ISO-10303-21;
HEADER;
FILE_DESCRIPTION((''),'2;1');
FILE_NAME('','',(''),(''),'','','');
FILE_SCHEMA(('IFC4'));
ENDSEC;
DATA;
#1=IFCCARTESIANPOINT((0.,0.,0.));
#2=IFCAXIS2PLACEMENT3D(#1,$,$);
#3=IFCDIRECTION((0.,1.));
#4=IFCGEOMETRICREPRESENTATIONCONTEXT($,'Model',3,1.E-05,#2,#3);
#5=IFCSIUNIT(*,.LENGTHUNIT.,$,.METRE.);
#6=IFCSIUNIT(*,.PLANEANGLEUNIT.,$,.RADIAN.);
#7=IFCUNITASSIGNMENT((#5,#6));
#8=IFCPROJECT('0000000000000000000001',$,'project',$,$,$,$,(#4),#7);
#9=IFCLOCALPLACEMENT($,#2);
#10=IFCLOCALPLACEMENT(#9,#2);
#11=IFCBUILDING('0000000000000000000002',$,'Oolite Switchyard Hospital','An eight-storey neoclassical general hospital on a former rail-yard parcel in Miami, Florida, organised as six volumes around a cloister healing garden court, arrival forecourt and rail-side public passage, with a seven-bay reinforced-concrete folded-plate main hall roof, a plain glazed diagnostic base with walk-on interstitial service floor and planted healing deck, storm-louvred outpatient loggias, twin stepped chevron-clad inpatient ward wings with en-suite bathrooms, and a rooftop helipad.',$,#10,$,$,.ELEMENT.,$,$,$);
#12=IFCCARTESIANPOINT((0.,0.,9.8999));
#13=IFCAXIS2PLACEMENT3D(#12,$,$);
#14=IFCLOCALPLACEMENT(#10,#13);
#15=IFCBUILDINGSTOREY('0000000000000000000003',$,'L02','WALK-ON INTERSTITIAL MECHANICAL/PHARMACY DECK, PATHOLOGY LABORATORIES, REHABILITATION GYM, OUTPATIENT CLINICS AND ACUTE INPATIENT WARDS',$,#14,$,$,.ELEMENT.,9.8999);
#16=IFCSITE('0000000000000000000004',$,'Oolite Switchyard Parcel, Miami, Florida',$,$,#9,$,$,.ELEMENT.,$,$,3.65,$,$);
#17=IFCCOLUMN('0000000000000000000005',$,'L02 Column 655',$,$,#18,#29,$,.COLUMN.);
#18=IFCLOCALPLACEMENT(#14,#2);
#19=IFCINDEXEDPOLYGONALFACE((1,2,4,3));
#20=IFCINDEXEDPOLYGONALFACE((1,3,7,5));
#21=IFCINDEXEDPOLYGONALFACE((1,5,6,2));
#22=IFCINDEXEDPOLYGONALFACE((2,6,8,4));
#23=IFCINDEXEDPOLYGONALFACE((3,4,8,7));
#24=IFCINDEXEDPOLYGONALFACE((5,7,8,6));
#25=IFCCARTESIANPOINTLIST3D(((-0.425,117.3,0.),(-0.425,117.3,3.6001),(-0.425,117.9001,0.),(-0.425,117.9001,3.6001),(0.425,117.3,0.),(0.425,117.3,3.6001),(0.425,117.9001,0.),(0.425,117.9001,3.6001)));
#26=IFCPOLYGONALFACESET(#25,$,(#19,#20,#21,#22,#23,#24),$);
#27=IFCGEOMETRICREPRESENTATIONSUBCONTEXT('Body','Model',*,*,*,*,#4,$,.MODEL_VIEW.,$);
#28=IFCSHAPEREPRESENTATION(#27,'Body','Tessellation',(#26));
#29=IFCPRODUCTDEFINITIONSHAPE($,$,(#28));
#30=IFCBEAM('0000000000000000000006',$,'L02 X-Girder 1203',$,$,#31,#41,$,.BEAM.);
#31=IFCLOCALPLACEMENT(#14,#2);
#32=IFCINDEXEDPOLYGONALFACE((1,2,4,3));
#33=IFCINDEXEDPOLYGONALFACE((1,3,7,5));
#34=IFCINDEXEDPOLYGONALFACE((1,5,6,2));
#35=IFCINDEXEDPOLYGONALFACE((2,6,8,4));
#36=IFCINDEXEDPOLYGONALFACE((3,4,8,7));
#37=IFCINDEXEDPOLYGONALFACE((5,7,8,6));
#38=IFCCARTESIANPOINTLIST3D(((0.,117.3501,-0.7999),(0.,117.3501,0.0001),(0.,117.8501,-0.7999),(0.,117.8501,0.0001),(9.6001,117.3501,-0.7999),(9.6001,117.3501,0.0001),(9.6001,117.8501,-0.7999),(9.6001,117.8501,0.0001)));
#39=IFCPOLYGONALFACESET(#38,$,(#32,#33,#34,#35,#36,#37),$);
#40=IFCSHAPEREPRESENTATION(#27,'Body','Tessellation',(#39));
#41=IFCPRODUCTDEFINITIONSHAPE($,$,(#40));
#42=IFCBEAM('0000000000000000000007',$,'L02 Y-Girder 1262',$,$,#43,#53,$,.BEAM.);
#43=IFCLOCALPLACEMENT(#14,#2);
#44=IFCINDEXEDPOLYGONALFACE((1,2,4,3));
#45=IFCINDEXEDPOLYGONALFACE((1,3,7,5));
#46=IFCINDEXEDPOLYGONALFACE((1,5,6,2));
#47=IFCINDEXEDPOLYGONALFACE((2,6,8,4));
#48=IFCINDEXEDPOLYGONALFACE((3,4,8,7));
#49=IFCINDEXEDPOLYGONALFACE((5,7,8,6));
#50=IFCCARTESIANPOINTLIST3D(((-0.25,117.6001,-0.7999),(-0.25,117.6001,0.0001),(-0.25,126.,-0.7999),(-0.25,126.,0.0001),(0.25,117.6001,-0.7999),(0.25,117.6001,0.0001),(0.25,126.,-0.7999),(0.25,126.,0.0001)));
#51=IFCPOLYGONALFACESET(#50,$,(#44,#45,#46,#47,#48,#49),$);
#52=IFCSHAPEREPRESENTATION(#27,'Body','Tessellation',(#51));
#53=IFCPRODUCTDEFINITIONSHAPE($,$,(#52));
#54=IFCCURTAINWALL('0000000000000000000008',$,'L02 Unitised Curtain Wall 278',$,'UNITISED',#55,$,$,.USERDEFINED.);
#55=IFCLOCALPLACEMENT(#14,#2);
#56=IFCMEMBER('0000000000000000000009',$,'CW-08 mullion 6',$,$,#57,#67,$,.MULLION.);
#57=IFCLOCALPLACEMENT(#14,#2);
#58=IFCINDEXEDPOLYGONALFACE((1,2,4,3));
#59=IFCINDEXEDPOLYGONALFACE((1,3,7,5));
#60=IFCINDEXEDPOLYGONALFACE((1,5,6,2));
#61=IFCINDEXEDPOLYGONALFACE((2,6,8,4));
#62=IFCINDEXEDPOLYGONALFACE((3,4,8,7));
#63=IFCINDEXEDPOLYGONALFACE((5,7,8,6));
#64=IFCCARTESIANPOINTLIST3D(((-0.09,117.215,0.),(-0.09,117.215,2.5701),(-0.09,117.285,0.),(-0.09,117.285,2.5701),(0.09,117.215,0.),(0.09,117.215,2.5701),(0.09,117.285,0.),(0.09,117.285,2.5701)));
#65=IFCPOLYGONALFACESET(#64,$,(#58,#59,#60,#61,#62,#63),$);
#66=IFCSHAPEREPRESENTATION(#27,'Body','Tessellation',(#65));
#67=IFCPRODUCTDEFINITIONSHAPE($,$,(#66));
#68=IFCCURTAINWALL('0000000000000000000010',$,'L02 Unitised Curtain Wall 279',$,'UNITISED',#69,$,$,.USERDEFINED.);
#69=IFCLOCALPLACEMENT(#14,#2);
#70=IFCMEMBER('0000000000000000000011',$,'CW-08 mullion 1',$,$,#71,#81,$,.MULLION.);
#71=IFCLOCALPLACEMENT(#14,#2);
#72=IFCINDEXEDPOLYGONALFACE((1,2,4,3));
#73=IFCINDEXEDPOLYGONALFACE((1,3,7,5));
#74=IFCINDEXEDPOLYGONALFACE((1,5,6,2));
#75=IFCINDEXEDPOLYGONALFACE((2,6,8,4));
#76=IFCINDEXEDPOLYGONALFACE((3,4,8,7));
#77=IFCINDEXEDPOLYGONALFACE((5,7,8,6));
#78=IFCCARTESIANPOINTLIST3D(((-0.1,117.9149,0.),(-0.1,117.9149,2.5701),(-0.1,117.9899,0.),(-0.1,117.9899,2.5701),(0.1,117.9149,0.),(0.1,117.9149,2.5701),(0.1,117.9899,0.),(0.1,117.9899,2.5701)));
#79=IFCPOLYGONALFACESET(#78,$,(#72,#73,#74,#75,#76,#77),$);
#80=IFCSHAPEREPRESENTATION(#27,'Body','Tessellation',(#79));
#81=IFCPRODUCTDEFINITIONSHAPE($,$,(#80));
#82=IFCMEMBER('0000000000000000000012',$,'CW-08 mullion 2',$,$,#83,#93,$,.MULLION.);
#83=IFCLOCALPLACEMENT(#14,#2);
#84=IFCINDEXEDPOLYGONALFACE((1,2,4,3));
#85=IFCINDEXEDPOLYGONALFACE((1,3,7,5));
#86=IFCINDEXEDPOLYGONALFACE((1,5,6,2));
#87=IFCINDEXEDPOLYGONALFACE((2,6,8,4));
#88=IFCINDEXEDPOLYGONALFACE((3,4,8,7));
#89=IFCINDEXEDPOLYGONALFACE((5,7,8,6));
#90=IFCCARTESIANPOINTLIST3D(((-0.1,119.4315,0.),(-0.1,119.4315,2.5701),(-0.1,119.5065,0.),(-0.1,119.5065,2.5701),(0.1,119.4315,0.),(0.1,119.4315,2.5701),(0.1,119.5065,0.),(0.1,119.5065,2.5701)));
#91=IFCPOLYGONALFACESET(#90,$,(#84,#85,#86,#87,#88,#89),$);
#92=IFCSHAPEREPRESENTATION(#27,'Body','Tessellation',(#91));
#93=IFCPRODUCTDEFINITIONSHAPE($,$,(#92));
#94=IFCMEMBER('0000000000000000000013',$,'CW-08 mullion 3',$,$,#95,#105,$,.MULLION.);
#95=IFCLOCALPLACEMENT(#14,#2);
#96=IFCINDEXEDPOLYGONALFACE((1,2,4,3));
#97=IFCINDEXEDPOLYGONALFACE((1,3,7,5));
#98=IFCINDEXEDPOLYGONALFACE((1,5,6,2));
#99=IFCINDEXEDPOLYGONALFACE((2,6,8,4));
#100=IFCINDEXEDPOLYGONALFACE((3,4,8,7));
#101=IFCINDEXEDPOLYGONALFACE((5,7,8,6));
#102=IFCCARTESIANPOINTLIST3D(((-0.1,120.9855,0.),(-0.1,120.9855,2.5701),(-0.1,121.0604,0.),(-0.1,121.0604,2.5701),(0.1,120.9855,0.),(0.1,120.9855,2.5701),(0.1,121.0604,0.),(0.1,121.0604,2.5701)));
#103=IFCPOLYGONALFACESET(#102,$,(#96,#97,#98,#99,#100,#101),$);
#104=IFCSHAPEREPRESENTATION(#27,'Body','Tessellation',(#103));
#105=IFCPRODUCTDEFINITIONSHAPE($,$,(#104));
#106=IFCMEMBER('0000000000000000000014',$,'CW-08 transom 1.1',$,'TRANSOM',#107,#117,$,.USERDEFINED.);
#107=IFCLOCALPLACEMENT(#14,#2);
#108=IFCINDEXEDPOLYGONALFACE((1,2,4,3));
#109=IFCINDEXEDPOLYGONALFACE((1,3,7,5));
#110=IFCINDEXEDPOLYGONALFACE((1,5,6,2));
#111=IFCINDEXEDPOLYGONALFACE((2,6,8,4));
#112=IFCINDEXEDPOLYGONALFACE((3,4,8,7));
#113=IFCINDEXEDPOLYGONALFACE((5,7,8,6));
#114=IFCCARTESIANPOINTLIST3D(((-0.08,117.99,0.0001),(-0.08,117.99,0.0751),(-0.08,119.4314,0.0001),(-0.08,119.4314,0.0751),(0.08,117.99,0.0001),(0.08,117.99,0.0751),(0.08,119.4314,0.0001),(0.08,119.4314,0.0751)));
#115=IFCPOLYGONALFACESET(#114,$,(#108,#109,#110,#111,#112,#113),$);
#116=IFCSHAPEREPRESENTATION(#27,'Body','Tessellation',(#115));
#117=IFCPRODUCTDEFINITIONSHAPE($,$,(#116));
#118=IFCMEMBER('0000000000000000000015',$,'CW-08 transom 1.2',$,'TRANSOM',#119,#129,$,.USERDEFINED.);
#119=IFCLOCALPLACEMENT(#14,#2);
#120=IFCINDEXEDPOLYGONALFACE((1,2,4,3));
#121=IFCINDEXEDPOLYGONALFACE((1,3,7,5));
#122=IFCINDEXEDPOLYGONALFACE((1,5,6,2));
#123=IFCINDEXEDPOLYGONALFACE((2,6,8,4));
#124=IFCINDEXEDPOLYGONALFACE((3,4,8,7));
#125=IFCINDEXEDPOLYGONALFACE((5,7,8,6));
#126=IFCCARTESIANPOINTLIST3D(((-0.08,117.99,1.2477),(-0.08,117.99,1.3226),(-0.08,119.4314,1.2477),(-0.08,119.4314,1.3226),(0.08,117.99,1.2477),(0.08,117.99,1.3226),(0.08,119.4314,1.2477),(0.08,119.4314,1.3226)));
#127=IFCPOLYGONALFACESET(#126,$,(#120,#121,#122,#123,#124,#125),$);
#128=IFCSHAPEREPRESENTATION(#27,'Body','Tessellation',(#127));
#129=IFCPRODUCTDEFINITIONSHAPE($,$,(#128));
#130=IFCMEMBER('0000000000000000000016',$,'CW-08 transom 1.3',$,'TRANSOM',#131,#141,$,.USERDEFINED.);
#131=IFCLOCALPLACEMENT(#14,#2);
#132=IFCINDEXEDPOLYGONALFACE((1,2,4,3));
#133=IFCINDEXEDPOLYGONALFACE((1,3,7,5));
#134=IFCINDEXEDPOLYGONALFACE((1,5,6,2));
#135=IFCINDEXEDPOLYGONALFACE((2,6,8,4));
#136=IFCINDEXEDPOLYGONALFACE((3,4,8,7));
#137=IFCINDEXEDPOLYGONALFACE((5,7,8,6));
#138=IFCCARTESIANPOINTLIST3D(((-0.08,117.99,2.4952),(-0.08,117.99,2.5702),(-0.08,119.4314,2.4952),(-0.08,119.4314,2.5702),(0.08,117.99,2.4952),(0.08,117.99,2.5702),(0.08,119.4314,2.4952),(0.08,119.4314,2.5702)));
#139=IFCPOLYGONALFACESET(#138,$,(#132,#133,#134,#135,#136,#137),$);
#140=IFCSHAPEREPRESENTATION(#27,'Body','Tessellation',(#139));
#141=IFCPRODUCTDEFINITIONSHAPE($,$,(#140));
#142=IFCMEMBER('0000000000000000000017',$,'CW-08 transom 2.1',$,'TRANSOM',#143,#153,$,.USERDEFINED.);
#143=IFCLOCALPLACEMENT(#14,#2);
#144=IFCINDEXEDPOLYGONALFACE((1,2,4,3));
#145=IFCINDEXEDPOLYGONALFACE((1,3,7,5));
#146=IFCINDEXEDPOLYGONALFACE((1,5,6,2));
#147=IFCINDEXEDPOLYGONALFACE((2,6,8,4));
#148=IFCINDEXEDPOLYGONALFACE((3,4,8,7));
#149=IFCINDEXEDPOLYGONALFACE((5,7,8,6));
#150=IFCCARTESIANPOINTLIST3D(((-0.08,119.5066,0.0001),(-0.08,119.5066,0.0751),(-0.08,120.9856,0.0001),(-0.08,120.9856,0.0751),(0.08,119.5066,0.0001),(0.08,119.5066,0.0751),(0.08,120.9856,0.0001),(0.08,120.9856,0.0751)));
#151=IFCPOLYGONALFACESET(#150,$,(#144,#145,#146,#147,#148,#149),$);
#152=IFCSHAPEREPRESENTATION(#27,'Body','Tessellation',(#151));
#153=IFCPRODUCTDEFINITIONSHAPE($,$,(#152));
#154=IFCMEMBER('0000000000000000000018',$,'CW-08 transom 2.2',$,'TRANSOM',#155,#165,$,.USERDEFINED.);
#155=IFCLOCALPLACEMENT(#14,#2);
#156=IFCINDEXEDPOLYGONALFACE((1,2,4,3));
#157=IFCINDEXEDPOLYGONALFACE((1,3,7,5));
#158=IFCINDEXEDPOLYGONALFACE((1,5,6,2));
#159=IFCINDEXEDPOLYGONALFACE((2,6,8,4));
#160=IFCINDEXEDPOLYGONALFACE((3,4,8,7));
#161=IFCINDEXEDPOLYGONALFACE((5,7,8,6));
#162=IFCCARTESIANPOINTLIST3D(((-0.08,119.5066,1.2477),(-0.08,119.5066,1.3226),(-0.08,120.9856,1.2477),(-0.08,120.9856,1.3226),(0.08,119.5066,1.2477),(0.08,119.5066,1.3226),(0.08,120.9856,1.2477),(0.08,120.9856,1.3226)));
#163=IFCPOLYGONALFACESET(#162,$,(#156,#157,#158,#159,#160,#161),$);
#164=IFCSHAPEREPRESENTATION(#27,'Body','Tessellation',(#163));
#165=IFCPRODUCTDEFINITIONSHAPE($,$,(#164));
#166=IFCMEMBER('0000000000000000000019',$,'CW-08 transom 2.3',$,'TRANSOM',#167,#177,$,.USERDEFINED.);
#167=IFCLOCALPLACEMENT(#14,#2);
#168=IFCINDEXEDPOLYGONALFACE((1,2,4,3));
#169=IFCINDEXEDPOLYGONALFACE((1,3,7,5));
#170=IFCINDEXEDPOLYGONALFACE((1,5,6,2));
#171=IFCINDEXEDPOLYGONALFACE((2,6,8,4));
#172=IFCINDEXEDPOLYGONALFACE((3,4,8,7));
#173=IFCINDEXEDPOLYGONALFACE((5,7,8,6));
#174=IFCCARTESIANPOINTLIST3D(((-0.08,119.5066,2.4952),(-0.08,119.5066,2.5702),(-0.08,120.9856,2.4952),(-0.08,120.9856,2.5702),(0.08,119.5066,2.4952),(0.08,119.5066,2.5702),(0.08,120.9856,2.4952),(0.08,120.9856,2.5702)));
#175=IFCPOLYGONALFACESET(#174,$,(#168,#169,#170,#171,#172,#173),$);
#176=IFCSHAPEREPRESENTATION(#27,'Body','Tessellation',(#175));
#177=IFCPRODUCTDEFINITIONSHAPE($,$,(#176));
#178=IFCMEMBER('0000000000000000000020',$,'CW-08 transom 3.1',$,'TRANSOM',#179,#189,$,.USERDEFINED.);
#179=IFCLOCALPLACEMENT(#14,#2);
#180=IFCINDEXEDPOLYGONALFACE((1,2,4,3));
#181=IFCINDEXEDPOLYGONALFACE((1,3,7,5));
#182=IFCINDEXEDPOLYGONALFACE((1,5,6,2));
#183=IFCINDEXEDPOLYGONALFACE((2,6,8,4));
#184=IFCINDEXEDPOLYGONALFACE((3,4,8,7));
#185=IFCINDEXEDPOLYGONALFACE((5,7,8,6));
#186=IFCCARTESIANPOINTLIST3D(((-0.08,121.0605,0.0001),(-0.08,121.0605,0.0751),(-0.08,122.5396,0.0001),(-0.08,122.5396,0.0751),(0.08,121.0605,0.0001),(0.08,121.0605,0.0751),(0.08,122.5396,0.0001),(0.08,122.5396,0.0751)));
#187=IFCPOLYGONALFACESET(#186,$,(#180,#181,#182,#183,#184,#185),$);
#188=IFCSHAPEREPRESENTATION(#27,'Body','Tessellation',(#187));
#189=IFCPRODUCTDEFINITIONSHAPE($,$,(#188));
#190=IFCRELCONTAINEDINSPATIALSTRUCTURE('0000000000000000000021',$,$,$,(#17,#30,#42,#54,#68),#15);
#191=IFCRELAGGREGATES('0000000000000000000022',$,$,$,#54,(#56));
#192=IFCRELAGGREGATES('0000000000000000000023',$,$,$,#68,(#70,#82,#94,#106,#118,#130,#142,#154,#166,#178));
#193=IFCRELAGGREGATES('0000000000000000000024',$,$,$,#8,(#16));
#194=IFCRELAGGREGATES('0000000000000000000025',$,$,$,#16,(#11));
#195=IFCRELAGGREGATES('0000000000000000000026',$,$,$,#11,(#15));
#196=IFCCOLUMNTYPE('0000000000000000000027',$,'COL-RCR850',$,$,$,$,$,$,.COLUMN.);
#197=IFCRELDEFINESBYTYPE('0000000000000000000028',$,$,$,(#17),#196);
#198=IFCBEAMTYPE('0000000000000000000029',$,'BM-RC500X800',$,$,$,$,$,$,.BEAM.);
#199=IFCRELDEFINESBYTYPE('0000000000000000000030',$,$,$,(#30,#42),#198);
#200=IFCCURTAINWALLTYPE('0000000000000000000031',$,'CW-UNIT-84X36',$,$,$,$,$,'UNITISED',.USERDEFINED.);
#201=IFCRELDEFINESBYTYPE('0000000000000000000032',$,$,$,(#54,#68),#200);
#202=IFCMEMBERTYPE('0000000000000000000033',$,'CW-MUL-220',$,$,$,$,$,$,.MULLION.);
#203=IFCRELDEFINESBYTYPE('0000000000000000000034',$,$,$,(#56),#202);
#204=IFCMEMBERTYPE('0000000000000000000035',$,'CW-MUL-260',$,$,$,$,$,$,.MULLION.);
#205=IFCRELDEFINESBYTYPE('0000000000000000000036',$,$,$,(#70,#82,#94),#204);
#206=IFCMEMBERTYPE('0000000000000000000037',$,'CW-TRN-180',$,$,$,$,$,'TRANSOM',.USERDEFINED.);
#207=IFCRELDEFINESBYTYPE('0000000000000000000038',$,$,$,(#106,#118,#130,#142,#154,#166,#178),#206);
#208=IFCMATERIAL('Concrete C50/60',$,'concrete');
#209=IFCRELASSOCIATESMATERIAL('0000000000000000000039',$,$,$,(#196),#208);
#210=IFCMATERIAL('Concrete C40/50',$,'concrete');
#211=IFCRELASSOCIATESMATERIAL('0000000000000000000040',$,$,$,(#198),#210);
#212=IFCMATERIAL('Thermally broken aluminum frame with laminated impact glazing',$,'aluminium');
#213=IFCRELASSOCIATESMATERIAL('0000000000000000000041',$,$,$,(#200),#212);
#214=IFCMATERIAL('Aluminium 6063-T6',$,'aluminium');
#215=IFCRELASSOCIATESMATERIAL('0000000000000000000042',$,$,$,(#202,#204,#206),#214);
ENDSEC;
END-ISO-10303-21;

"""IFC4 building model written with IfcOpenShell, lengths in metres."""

from ifc_helpers import new_model, si_unit, direction, frame, origin, origin_2d, place, context, subcontext, project, spatial, rectangle, extrude, material, material_profile, profile_set, type_object, element, aggregate, save


model = new_model("IFC4")

# Units and contexts
model_context = context("Model", 3, precision=1e-05, world=origin(), true_north=direction((0.0, 1.0)))
body_context = subcontext(model_context, "Body", "Model", "MODEL_VIEW")
ifc_project = project(units=[si_unit("LENGTHUNIT", "METRE"), si_unit("PLANEANGLEUNIT", "RADIAN")], contexts=[model_context])

# Site, building, storey
site_placement = place(None, origin())
site = spatial("IfcSite", under=ifc_project, at=site_placement, Name="Oolite Switchyard Parcel, Miami, Florida", CompositionType="ELEMENT", RefElevation=3.65)
building_placement = place(site_placement, origin())
building = spatial("IfcBuilding", under=site, at=building_placement, Name="Oolite Switchyard Hospital", Description="An eight-storey neoclassical general hospital on a former rail-yard parcel in Miami, Florida, organised as six volumes around a cloister healing garden court, arrival forecourt and rail-side public passage, with a seven-bay reinforced-concrete folded-plate main hall roof, a plain glazed diagnostic base with walk-on interstitial service floor and planted healing deck, storm-louvred outpatient loggias, twin stepped chevron-clad inpatient ward wings with en-suite bathrooms, and a rooftop helipad.", CompositionType="ELEMENT")
storey_placement = place(building_placement, frame((0.0, 0.0, 9.8999)))
storey = spatial("IfcBuildingStorey", under=building, at=storey_placement, Name="L02", Description="WALK-ON INTERSTITIAL MECHANICAL/PHARMACY DECK, PATHOLOGY LABORATORIES, REHABILITATION GYM, OUTPATIENT CLINICS AND ACUTE INPATIENT WARDS", CompositionType="ELEMENT", Elevation=9.8999)

# Column
ifc_material_1 = material(Name="Concrete C50/60", Category="concrete")
ifc_material_profile_1 = material_profile(ifc_material_1, rectangle(XDim=0.8501, YDim=0.6001, at=origin_2d()), Name="RC850X600")
ifc_profile_set_1 = profile_set([ifc_material_profile_1], Name="Concrete C50/60")
column_type = type_object("IfcColumnType", Name="COL-RCR850", PredefinedType="COLUMN", material=ifc_profile_set_1)
column_placement = place(storey_placement, frame((0.0, 117.6001, 0.0), z_axis=(0.0, 0.0, 1.0), x_axis=(1.0, 0.0, 0.0)))
element("IfcColumn", 1, at=column_placement, inside=storey, type_object=column_type, Name="L02 Column 655", PredefinedType="COLUMN", context=body_context, shape_type="SweptSolid", body=[
    extrude(rectangle(XDim=0.8501, YDim=0.6001, at=origin_2d()), origin(), (0.0, 0.0, 1.0), 3.6001),
])

# Beams
ifc_material_2 = material(Name="Concrete C40/50", Category="concrete")
ifc_material_profile_2 = material_profile(ifc_material_2, rectangle(XDim=0.5, YDim=0.8, at=origin_2d()), Name="RCB500X800")
ifc_profile_set_2 = profile_set([ifc_material_profile_2], Name="Concrete C40/50")
beam_type = type_object("IfcBeamType", Name="BM-RC500X800", PredefinedType="BEAM", material=ifc_profile_set_2)
beam_1_placement = place(storey_placement, frame((0.0, 117.6001, -0.3999), z_axis=(1.0, 0.0, 0.0), x_axis=(0.0, 1.0, 0.0)))
element("IfcBeam", 2, at=beam_1_placement, inside=storey, type_object=beam_type, Name="L02 X-Girder 1203", PredefinedType="BEAM", context=body_context, shape_type="SweptSolid", body=[
    extrude(rectangle(XDim=0.5, YDim=0.8, at=origin_2d()), origin(), (0.0, 0.0, 1.0), 9.6001),
])
beam_2_placement = place(storey_placement, frame((0.0, 117.6001, -0.3999), z_axis=(0.0, 1.0, 0.0), x_axis=(-1.0, 0.0, 0.0)))
element("IfcBeam", 3, at=beam_2_placement, inside=storey, type_object=beam_type, Name="L02 Y-Girder 1262", PredefinedType="BEAM", context=body_context, shape_type="SweptSolid", body=[
    extrude(rectangle(XDim=0.5, YDim=0.8, at=origin_2d()), origin(), (0.0, 0.0, 1.0), 8.3999),
])

# Curtain wall, member
ifc_material_3 = material(Name="Thermally broken aluminum frame with laminated impact glazing", Category="aluminium")
curtain_wall_type = type_object("IfcCurtainWallType", Name="CW-UNIT-84X36", ElementType="UNITISED", PredefinedType="USERDEFINED", material=ifc_material_3)
curtain_wall_1_placement = place(storey_placement, origin())
curtain_wall_1 = element("IfcCurtainWall", 4, at=curtain_wall_1_placement, inside=storey, type_object=curtain_wall_type, Name="L02 Unitised Curtain Wall 278", ObjectType="UNITISED", PredefinedType="USERDEFINED")
ifc_material_4 = material(Name="Aluminium 6063-T6", Category="aluminium")
ifc_material_profile_3 = material_profile(ifc_material_4, rectangle(XDim=0.1799, YDim=0.0701, at=origin_2d()), Name="CWM70X180")
ifc_profile_set_3 = profile_set([ifc_material_profile_3], Name="Aluminium 6063-T6")
member_type_1 = type_object("IfcMemberType", Name="CW-MUL-220", PredefinedType="MULLION", material=ifc_profile_set_3)
member_1_placement = place(storey_placement, frame((0.0, 117.25, 0.0), z_axis=(0.0, 0.0, 1.0), x_axis=(-1.0, 0.0, 0.0)))
member_1 = element("IfcMember", 5, at=member_1_placement, type_object=member_type_1, Name="CW-08 mullion 6", PredefinedType="MULLION", context=body_context, shape_type="SweptSolid", body=[
    extrude(rectangle(XDim=0.1799, YDim=0.0701, at=origin_2d()), origin(), (0.0, 0.0, 1.0), 2.5701),
])
aggregate(curtain_wall_1, [member_1])

# Curtain wall, members
curtain_wall_2_placement = place(storey_placement, origin())
curtain_wall_2 = element("IfcCurtainWall", 6, at=curtain_wall_2_placement, inside=storey, type_object=curtain_wall_type, Name="L02 Unitised Curtain Wall 279", ObjectType="UNITISED", PredefinedType="USERDEFINED")
ifc_material_profile_4 = material_profile(ifc_material_4, rectangle(XDim=0.2, YDim=0.075, at=origin_2d()), Name="CWM75X200")
ifc_profile_set_4 = profile_set([ifc_material_profile_4], Name="Aluminium 6063-T6")
member_type_2 = type_object("IfcMemberType", Name="CW-MUL-260", PredefinedType="MULLION", material=ifc_profile_set_4)
member_2_placement = place(storey_placement, frame((0.0, 117.9524, 0.0), z_axis=(0.0, 0.0, 1.0), x_axis=(-1.0, 0.0, 0.0)))
member_2 = element("IfcMember", 7, at=member_2_placement, type_object=member_type_2, Name="CW-08 mullion 1", PredefinedType="MULLION", context=body_context, shape_type="SweptSolid", body=[
    extrude(rectangle(XDim=0.2, YDim=0.075, at=origin_2d()), origin(), (0.0, 0.0, 1.0), 2.5701),
])
member_3_placement = place(storey_placement, frame((0.0, 119.469, 0.0), z_axis=(0.0, 0.0, 1.0), x_axis=(-1.0, 0.0, 0.0)))
member_3 = element("IfcMember", 8, at=member_3_placement, type_object=member_type_2, Name="CW-08 mullion 2", PredefinedType="MULLION", context=body_context, shape_type="SweptSolid", body=[
    extrude(rectangle(XDim=0.2, YDim=0.075, at=origin_2d()), origin(), (0.0, 0.0, 1.0), 2.5701),
])
member_4_placement = place(storey_placement, frame((0.0, 121.0229, 0.0), z_axis=(0.0, 0.0, 1.0), x_axis=(-1.0, 0.0, 0.0)))
member_4 = element("IfcMember", 9, at=member_4_placement, type_object=member_type_2, Name="CW-08 mullion 3", PredefinedType="MULLION", context=body_context, shape_type="SweptSolid", body=[
    extrude(rectangle(XDim=0.2, YDim=0.075, at=origin_2d()), origin(), (0.0, 0.0, 1.0), 2.5701),
])
ifc_material_profile_5 = material_profile(ifc_material_4, rectangle(XDim=0.1599, YDim=0.075, at=origin_2d()), Name="CWT75X160")
ifc_profile_set_5 = profile_set([ifc_material_profile_5], Name="Aluminium 6063-T6")
member_type_3 = type_object("IfcMemberType", Name="CW-TRN-180", ElementType="TRANSOM", PredefinedType="USERDEFINED", material=ifc_profile_set_5)
member_5_placement = place(storey_placement, frame((0.0, 117.99, 0.0376), z_axis=(0.0, 1.0, 0.0), x_axis=(-1.0, 0.0, 0.0)))
member_5 = element("IfcMember", 10, at=member_5_placement, type_object=member_type_3, Name="CW-08 transom 1.1", ObjectType="TRANSOM", PredefinedType="USERDEFINED", context=body_context, shape_type="SweptSolid", body=[
    extrude(rectangle(XDim=0.1599, YDim=0.075, at=origin_2d()), origin(), (0.0, 0.0, 1.0), 1.4414),
])
member_6_placement = place(storey_placement, frame((0.0, 117.99, 1.2852), z_axis=(0.0, 1.0, 0.0), x_axis=(-1.0, 0.0, 0.0)))
member_6 = element("IfcMember", 11, at=member_6_placement, type_object=member_type_3, Name="CW-08 transom 1.2", ObjectType="TRANSOM", PredefinedType="USERDEFINED", context=body_context, shape_type="SweptSolid", body=[
    extrude(rectangle(XDim=0.1599, YDim=0.075, at=origin_2d()), origin(), (0.0, 0.0, 1.0), 1.4414),
])
member_7_placement = place(storey_placement, frame((0.0, 117.99, 2.5327), z_axis=(0.0, 1.0, 0.0), x_axis=(-1.0, 0.0, 0.0)))
member_7 = element("IfcMember", 12, at=member_7_placement, type_object=member_type_3, Name="CW-08 transom 1.3", ObjectType="TRANSOM", PredefinedType="USERDEFINED", context=body_context, shape_type="SweptSolid", body=[
    extrude(rectangle(XDim=0.1599, YDim=0.075, at=origin_2d()), origin(), (0.0, 0.0, 1.0), 1.4414),
])
member_8_placement = place(storey_placement, frame((0.0, 119.5066, 0.0376), z_axis=(0.0, 1.0, 0.0), x_axis=(-1.0, 0.0, 0.0)))
member_8 = element("IfcMember", 13, at=member_8_placement, type_object=member_type_3, Name="CW-08 transom 2.1", ObjectType="TRANSOM", PredefinedType="USERDEFINED", context=body_context, shape_type="SweptSolid", body=[
    extrude(rectangle(XDim=0.1599, YDim=0.075, at=origin_2d()), origin(), (0.0, 0.0, 1.0), 1.479),
])
member_9_placement = place(storey_placement, frame((0.0, 119.5066, 1.2852), z_axis=(0.0, 1.0, 0.0), x_axis=(-1.0, 0.0, 0.0)))
member_9 = element("IfcMember", 14, at=member_9_placement, type_object=member_type_3, Name="CW-08 transom 2.2", ObjectType="TRANSOM", PredefinedType="USERDEFINED", context=body_context, shape_type="SweptSolid", body=[
    extrude(rectangle(XDim=0.1599, YDim=0.075, at=origin_2d()), origin(), (0.0, 0.0, 1.0), 1.479),
])
member_10_placement = place(storey_placement, frame((0.0, 119.5066, 2.5327), z_axis=(0.0, 1.0, 0.0), x_axis=(-1.0, 0.0, 0.0)))
member_10 = element("IfcMember", 15, at=member_10_placement, type_object=member_type_3, Name="CW-08 transom 2.3", ObjectType="TRANSOM", PredefinedType="USERDEFINED", context=body_context, shape_type="SweptSolid", body=[
    extrude(rectangle(XDim=0.1599, YDim=0.075, at=origin_2d()), origin(), (0.0, 0.0, 1.0), 1.479),
])
member_11_placement = place(storey_placement, frame((0.0, 121.0605, 0.0376), z_axis=(0.0, 1.0, 0.0), x_axis=(-1.0, 0.0, 0.0)))
member_11 = element("IfcMember", 16, at=member_11_placement, type_object=member_type_3, Name="CW-08 transom 3.1", ObjectType="TRANSOM", PredefinedType="USERDEFINED", context=body_context, shape_type="SweptSolid", body=[
    extrude(rectangle(XDim=0.1599, YDim=0.075, at=origin_2d()), origin(), (0.0, 0.0, 1.0), 1.479),
])
aggregate(curtain_wall_2, [member_2, member_3, member_4, member_5, member_6, member_7, member_8, member_9, member_10, member_11])

save(model, "model.ifc")
